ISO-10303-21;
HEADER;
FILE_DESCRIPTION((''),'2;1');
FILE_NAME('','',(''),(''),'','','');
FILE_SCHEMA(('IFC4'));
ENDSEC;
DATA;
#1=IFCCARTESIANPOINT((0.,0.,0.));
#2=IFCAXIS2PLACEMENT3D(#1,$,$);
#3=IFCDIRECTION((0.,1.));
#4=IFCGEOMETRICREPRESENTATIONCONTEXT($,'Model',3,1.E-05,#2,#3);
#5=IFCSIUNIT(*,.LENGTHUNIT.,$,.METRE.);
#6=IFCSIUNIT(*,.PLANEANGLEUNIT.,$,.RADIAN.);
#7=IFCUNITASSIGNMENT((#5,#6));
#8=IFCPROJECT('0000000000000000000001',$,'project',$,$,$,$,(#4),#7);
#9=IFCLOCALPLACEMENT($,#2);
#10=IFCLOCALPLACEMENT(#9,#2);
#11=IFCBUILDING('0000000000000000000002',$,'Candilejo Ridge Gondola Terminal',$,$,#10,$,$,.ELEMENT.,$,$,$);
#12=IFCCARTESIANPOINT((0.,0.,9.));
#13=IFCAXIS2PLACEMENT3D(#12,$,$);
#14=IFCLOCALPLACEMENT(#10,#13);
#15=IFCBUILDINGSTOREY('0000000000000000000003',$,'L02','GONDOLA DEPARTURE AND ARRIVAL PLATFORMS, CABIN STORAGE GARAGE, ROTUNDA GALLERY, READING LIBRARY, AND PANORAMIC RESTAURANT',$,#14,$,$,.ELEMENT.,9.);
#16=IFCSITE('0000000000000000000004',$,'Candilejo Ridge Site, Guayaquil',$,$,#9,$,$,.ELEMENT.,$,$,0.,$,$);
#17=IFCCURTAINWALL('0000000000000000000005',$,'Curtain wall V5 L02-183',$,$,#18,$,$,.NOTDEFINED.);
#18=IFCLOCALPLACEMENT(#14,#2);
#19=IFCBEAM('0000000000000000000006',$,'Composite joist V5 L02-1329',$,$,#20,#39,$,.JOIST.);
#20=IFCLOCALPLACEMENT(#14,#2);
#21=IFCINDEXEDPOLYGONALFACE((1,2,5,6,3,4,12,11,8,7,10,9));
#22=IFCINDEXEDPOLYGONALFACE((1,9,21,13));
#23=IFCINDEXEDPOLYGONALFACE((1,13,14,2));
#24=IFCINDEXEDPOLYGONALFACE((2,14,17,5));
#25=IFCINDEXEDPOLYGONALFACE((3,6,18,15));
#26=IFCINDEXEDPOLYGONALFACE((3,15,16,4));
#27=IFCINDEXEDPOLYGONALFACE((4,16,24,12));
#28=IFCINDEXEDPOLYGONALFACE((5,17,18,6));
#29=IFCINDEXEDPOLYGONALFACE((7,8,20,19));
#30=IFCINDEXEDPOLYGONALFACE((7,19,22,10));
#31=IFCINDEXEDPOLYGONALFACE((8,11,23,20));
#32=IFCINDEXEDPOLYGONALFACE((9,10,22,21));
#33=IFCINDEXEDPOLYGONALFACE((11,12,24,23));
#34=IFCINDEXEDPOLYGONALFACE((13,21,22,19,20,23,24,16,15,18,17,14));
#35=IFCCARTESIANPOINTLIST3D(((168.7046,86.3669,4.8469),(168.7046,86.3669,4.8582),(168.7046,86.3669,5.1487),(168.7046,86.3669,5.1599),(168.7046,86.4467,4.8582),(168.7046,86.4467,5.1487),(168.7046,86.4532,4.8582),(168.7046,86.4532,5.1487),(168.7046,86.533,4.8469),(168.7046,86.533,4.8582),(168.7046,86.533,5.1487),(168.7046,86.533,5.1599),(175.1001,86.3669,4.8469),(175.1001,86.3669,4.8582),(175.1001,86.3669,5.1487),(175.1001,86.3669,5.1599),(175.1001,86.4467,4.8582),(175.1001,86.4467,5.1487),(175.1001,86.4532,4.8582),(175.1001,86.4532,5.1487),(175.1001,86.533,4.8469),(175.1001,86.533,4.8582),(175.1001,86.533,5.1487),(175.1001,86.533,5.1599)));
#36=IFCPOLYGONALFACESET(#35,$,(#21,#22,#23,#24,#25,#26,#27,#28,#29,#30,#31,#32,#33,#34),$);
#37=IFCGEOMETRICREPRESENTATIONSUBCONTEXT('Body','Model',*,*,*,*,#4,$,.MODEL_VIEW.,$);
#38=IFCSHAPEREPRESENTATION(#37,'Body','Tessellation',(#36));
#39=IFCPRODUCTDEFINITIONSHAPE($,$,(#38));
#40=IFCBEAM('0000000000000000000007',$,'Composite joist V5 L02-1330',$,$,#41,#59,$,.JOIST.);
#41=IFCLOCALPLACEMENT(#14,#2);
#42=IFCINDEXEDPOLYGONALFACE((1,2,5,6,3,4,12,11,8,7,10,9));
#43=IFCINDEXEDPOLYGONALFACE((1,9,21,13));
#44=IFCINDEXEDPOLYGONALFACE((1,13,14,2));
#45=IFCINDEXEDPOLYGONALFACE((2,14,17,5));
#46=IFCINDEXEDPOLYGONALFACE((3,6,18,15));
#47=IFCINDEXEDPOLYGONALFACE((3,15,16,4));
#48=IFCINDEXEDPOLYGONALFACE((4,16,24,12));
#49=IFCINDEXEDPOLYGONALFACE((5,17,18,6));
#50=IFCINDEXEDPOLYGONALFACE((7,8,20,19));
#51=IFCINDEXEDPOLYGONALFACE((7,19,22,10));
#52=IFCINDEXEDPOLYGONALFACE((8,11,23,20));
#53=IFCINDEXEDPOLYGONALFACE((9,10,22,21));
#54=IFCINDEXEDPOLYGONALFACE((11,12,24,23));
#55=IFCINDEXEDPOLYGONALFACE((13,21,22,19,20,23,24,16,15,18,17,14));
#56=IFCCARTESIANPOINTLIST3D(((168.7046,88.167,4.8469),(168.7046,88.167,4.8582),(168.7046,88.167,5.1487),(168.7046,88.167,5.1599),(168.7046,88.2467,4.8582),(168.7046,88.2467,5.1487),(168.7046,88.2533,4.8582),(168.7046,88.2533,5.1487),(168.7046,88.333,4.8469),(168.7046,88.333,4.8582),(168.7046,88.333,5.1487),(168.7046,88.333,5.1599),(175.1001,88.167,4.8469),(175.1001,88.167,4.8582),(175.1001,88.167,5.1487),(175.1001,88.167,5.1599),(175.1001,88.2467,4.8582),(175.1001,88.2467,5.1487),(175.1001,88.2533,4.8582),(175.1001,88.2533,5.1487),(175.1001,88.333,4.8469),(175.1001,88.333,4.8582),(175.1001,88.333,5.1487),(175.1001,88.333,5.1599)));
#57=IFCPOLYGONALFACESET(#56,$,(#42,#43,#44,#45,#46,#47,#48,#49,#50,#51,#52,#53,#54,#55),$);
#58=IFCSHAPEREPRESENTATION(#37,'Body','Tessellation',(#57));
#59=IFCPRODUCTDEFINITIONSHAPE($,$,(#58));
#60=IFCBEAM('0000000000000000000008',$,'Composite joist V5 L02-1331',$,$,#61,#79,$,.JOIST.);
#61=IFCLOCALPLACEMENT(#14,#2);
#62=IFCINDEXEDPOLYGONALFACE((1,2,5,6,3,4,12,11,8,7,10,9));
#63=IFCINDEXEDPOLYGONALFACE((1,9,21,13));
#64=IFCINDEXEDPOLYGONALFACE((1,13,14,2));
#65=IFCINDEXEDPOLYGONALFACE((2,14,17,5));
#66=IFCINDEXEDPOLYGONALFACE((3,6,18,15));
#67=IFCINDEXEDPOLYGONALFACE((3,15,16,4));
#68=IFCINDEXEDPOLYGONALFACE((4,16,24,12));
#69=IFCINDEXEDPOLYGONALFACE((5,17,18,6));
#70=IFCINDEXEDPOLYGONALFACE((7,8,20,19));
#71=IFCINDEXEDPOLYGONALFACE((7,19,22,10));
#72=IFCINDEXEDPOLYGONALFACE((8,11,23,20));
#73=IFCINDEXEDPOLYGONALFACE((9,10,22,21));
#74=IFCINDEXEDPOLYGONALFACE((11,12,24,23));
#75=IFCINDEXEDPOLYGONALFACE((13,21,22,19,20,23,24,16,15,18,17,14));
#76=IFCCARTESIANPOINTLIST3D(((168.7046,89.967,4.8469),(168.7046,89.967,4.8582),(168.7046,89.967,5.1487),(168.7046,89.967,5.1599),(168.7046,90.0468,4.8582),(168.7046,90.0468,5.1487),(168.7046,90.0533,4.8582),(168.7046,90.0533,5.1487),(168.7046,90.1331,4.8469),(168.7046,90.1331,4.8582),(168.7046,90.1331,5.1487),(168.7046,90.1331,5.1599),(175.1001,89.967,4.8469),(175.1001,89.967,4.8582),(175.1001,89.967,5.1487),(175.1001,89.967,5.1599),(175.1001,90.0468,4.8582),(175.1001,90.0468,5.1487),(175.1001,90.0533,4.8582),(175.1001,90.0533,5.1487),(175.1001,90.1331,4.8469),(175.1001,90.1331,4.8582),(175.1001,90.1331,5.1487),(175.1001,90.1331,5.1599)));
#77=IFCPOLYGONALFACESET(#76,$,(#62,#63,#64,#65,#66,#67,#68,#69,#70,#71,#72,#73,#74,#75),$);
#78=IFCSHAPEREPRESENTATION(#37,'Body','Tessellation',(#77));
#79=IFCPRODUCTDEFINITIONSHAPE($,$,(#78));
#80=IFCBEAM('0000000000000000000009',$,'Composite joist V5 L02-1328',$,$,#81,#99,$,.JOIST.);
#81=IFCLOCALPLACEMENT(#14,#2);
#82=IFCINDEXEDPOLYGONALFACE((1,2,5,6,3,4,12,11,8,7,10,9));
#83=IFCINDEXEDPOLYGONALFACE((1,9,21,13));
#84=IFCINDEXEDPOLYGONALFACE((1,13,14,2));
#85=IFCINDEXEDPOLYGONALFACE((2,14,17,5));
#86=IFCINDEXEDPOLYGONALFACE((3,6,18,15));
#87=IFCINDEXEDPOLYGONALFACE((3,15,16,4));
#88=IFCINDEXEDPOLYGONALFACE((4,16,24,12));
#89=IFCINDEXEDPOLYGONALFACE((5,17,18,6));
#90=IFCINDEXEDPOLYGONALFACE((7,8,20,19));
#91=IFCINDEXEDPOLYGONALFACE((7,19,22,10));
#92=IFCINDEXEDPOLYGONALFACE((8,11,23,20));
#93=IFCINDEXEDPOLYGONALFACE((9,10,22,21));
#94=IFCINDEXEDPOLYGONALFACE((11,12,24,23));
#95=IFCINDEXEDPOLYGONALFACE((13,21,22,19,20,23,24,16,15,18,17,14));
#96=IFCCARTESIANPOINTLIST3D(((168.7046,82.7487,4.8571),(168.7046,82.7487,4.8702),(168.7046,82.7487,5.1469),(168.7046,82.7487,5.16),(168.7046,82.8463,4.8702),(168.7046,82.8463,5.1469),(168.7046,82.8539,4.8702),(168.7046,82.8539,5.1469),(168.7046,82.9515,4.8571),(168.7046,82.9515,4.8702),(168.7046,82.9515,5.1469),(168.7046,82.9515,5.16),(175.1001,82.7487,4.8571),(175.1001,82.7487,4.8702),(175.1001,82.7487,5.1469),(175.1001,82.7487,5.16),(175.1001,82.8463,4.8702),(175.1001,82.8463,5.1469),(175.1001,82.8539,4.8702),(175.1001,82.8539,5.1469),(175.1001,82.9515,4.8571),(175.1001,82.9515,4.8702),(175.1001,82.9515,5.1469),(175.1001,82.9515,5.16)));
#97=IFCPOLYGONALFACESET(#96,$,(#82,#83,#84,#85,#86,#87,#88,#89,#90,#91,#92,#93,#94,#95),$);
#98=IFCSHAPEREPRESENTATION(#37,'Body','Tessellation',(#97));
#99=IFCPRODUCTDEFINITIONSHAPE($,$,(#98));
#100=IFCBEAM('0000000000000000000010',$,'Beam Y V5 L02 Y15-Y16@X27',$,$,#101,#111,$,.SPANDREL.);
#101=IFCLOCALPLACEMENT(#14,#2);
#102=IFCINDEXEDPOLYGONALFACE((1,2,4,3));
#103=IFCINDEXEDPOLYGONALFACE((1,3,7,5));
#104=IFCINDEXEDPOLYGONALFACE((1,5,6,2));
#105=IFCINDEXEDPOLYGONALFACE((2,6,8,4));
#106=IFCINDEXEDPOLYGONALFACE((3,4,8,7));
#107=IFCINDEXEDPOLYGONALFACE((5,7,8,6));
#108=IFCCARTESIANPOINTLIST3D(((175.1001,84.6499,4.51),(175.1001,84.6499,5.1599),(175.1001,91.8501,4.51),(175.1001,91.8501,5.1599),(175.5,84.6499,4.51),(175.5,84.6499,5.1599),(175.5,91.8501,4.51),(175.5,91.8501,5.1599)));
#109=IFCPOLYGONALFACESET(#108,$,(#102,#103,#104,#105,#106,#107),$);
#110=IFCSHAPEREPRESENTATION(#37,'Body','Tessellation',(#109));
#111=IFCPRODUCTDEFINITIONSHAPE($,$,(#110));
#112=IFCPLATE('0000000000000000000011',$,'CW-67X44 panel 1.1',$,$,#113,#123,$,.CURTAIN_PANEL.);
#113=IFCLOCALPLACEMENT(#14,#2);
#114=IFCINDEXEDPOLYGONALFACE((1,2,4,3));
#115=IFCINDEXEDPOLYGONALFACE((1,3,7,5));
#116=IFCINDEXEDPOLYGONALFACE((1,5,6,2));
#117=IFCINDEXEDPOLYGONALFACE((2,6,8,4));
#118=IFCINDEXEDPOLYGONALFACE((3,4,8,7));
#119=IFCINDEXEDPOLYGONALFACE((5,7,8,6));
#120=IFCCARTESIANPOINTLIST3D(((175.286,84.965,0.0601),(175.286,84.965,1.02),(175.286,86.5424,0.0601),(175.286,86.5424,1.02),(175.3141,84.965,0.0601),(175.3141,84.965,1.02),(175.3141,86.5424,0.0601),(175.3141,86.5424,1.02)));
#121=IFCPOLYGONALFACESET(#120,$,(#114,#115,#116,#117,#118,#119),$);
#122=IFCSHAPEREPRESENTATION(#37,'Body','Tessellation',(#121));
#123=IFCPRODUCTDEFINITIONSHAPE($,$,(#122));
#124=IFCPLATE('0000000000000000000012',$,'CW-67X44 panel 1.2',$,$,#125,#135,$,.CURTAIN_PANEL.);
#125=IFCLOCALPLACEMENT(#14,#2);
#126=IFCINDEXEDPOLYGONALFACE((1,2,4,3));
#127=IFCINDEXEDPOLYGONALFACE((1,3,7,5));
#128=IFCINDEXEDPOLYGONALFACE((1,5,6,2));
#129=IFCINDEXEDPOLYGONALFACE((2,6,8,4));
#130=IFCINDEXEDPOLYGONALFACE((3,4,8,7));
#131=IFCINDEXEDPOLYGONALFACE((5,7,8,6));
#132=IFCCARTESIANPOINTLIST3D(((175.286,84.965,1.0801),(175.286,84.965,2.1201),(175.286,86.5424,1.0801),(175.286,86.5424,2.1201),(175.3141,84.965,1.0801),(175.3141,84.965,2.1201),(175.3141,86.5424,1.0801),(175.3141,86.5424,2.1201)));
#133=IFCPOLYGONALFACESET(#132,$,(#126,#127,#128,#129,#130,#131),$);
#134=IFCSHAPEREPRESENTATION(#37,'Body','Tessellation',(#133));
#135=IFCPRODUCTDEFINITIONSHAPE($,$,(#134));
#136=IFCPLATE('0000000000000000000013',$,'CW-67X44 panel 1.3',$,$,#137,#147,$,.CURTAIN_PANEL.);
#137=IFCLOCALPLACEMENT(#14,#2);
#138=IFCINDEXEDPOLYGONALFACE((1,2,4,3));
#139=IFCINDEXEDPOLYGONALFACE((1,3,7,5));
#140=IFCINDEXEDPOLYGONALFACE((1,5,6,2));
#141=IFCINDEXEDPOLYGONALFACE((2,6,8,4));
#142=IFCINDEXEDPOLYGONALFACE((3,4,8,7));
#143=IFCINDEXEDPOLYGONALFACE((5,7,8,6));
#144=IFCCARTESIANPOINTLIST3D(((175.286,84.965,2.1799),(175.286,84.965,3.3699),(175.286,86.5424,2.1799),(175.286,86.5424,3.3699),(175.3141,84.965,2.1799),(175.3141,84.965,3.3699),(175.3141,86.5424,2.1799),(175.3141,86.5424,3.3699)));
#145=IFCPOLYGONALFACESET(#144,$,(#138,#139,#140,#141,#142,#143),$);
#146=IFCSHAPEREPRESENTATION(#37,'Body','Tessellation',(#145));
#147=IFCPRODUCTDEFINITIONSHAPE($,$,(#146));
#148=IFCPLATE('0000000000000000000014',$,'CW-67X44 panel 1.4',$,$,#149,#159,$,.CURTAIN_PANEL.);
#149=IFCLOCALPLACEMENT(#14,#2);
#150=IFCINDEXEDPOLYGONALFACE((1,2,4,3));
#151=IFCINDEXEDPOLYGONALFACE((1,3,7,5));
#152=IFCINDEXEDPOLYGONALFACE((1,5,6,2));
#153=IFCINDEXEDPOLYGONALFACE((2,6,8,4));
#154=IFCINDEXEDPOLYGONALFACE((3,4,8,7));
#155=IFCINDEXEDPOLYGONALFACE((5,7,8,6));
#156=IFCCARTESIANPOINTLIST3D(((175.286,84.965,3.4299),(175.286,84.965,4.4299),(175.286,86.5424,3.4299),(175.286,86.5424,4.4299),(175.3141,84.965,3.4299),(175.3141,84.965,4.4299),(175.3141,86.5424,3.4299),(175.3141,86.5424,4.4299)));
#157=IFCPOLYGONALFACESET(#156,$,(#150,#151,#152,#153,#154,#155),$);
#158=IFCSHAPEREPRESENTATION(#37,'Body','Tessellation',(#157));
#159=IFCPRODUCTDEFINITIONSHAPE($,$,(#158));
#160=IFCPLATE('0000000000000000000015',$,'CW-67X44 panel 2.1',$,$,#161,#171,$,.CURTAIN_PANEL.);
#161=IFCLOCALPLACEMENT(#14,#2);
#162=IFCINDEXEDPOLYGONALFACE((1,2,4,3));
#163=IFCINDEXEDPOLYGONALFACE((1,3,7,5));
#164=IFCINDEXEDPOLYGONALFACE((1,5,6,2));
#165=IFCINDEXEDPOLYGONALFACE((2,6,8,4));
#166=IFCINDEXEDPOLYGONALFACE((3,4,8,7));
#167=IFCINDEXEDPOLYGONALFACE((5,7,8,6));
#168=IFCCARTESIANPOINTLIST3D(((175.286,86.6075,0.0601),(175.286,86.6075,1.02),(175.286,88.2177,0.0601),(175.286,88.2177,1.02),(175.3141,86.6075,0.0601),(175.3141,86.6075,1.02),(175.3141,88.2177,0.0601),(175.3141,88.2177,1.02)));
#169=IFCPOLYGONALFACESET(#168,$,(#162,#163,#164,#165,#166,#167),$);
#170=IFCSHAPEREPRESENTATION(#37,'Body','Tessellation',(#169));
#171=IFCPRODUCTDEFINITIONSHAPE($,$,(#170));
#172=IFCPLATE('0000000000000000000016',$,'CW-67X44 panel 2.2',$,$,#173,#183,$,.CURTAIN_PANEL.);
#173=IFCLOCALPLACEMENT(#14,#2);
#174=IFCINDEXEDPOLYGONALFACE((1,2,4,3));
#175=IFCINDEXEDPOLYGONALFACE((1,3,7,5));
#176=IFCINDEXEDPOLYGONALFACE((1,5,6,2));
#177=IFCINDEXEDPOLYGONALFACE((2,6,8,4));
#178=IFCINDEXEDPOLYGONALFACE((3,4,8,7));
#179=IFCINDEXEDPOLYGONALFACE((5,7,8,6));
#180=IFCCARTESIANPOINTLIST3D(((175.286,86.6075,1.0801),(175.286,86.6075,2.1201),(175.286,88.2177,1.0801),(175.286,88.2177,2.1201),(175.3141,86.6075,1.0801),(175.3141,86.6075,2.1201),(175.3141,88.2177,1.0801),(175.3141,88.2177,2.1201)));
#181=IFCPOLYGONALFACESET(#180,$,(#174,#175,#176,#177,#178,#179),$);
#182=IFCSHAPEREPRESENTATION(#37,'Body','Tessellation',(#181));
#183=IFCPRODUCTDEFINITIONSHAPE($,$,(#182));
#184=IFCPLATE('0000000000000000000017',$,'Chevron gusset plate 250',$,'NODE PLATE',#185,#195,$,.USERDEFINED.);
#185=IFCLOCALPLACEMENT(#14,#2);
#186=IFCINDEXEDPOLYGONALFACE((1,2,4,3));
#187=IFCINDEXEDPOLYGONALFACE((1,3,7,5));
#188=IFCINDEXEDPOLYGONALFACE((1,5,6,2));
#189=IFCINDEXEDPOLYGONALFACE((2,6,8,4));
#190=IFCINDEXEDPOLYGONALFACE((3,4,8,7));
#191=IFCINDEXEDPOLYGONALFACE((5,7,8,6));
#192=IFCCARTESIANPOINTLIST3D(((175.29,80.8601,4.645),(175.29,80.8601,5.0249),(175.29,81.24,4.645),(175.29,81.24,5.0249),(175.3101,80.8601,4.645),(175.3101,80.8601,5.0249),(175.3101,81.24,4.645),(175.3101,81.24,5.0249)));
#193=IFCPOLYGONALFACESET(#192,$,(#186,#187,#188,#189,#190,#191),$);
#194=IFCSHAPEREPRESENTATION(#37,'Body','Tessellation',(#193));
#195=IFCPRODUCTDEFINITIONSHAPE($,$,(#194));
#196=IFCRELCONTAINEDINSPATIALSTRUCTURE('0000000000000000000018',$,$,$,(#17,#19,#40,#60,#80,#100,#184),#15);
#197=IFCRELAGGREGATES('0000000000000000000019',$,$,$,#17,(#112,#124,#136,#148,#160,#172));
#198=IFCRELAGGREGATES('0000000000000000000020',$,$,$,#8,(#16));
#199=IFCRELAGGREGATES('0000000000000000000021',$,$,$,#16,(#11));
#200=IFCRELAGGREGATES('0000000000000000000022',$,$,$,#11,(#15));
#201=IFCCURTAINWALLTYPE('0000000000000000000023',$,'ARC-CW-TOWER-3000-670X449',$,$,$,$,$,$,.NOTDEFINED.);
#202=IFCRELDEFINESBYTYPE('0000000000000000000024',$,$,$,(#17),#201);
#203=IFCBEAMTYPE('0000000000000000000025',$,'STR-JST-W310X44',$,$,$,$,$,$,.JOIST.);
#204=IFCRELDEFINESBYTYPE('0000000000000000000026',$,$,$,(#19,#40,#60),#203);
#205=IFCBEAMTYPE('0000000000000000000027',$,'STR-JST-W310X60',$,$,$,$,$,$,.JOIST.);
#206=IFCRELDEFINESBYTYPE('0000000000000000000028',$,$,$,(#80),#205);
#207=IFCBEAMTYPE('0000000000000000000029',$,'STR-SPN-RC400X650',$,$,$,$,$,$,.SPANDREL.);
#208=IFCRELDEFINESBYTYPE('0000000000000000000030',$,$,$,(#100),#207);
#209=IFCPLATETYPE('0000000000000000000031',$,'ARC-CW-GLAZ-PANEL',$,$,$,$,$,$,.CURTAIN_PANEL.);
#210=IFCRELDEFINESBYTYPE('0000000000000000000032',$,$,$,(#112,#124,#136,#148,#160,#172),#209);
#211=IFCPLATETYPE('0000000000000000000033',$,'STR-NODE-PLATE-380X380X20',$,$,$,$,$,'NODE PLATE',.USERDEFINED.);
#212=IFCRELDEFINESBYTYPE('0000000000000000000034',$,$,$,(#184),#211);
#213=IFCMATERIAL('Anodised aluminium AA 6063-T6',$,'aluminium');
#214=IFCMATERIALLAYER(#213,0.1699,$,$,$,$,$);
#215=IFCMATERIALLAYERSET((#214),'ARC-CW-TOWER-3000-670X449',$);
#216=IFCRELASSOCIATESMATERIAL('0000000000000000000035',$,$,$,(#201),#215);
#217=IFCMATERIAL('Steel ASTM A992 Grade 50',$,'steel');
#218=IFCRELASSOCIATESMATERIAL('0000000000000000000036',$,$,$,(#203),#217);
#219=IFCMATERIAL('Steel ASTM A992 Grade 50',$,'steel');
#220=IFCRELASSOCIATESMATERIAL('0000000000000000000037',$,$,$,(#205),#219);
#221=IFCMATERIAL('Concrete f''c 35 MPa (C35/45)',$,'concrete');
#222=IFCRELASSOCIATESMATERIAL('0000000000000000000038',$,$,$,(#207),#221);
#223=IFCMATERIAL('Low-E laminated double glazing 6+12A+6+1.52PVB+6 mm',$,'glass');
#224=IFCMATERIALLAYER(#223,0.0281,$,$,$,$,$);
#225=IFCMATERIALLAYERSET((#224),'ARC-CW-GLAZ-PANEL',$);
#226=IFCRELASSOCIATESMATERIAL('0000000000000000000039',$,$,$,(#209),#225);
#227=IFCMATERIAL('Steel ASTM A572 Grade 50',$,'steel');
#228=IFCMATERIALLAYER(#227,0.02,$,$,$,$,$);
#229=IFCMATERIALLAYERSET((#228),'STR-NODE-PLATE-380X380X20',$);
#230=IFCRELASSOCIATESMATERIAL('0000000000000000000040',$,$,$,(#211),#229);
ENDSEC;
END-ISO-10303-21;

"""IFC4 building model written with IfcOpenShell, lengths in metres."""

from ifc_helpers import new_model, si_unit, direction, frame, origin, origin_2d, place, context, subcontext, project, spatial, rectangle, i_section, extrude, material, layer, layer_set, material_profile, profile_set, type_object, element, aggregate, save


model = new_model("IFC4")

# Units and contexts
model_context = context("Model", 3, precision=1e-05, world=origin(), true_north=direction((0.0, 1.0)))
body_context = subcontext(model_context, "Body", "Model", "MODEL_VIEW")
ifc_project = project(units=[si_unit("LENGTHUNIT", "METRE"), si_unit("PLANEANGLEUNIT", "RADIAN")], contexts=[model_context])

# Site, building, storey
site_placement = place(None, origin())
site = spatial("IfcSite", under=ifc_project, at=site_placement, Name="Candilejo Ridge Site, Guayaquil", CompositionType="ELEMENT", RefElevation=0.0)
building_placement = place(site_placement, origin())
building = spatial("IfcBuilding", under=site, at=building_placement, Name="Candilejo Ridge Gondola Terminal", CompositionType="ELEMENT")
storey_placement = place(building_placement, frame((0.0, 0.0, 9.0)))
storey = spatial("IfcBuildingStorey", under=building, at=storey_placement, Name="L02", Description="GONDOLA DEPARTURE AND ARRIVAL PLATFORMS, CABIN STORAGE GARAGE, ROTUNDA GALLERY, READING LIBRARY, AND PANORAMIC RESTAURANT", CompositionType="ELEMENT", Elevation=9.0)

# Curtain wall
ifc_material_1 = material(Name="Anodised aluminium AA 6063-T6", Category="aluminium")
ifc_layer_1 = layer(ifc_material_1, 0.1699)
ifc_layer_set_1 = layer_set([ifc_layer_1], Name="ARC-CW-TOWER-3000-670X449")
curtain_wall_type = type_object("IfcCurtainWallType", Name="ARC-CW-TOWER-3000-670X449", PredefinedType="NOTDEFINED", material=ifc_layer_set_1)
curtain_wall_placement = place(storey_placement, origin())
curtain_wall = element("IfcCurtainWall", 1, at=curtain_wall_placement, inside=storey, type_object=curtain_wall_type, Name="Curtain wall V5 L02-183", PredefinedType="NOTDEFINED")

# Beams
ifc_material_2 = material(Name="Steel ASTM A992 Grade 50", Category="steel")
ifc_material_profile_1 = material_profile(ifc_material_2, i_section(OverallWidth=0.166, OverallDepth=0.313, WebThickness=0.0066, FlangeThickness=0.0112, at=origin_2d()))
ifc_profile_set_1 = profile_set([ifc_material_profile_1], Name="Steel ASTM A992 Grade 50")
beam_type_1 = type_object("IfcBeamType", Name="STR-JST-W310X44", PredefinedType="JOIST", material=ifc_profile_set_1)
for number, where, z_axis, x_axis, name in (
    (2, (168.7046, 86.45, 5.0034), (1.0, 0.0, 0.0), (0.0, 1.0, 0.0), "Composite joist V5 L02-1329"),
    (3, (168.7046, 88.25, 5.0034), (1.0, 0.0, 0.0), (0.0, 1.0, 0.0), "Composite joist V5 L02-1330"),
    (4, (168.7046, 90.05, 5.0034), (1.0, 0.0, 0.0), (0.0, 1.0, 0.0), "Composite joist V5 L02-1331"),
):
    element("IfcBeam", number, at=place(storey_placement, frame(where, z_axis=z_axis, x_axis=x_axis)), inside=storey, type_object=beam_type_1, Name=name, PredefinedType="JOIST", context=body_context, shape_type="SweptSolid", body=[
        extrude(i_section(OverallWidth=0.166, OverallDepth=0.313, WebThickness=0.0066, FlangeThickness=0.0112, at=origin_2d()), origin(), (0.0, 0.0, 1.0), 6.3955),
    ])
ifc_material_3 = material(Name="Steel ASTM A992 Grade 50", Category="steel")
ifc_material_profile_2 = material_profile(ifc_material_3, i_section(OverallWidth=0.2029, OverallDepth=0.303, WebThickness=0.0076, FlangeThickness=0.0132, at=origin_2d()))
ifc_profile_set_2 = profile_set([ifc_material_profile_2], Name="Steel ASTM A992 Grade 50")
beam_type_2 = type_object("IfcBeamType", Name="STR-JST-W310X60", PredefinedType="JOIST", material=ifc_profile_set_2)
beam_1_placement = place(storey_placement, frame((168.7046, 82.8501, 5.0085), z_axis=(1.0, 0.0, 0.0), x_axis=(0.0, 1.0, 0.0)))
element("IfcBeam", 5, at=beam_1_placement, inside=storey, type_object=beam_type_2, Name="Composite joist V5 L02-1328", PredefinedType="JOIST", context=body_context, shape_type="SweptSolid", body=[
    extrude(i_section(OverallWidth=0.2029, OverallDepth=0.303, WebThickness=0.0076, FlangeThickness=0.0132, at=origin_2d()), origin(), (0.0, 0.0, 1.0), 6.3955),
])
ifc_material_4 = material(Name="Concrete f'c 35 MPa (C35/45)", Category="concrete")
ifc_material_profile_3 = material_profile(ifc_material_4, rectangle(XDim=0.3999, YDim=0.6499, at=origin_2d()))
ifc_profile_set_3 = profile_set([ifc_material_profile_3], Name="Concrete f'c 35 MPa (C35/45)")
beam_type_3 = type_object("IfcBeamType", Name="STR-SPN-RC400X650", PredefinedType="SPANDREL", material=ifc_profile_set_3)
beam_2_placement = place(storey_placement, frame((175.3, 84.6499, 4.835), z_axis=(0.0, 1.0, 0.0), x_axis=(-1.0, 0.0, 0.0)))
element("IfcBeam", 6, at=beam_2_placement, inside=storey, type_object=beam_type_3, Name="Beam Y V5 L02 Y15-Y16@X27", PredefinedType="SPANDREL", context=body_context, shape_type="SweptSolid", body=[
    extrude(rectangle(XDim=0.3999, YDim=0.6499, at=origin_2d()), origin(), (0.0, 0.0, 1.0), 7.2002),
])

# Plates
ifc_material_5 = material(Name="Low-E laminated double glazing 6+12A+6+1.52PVB+6 mm", Category="glass")
ifc_layer_2 = layer(ifc_material_5, 0.0281)
ifc_layer_set_2 = layer_set([ifc_layer_2], Name="ARC-CW-GLAZ-PANEL")
plate_type_1 = type_object("IfcPlateType", Name="ARC-CW-GLAZ-PANEL", PredefinedType="CURTAIN_PANEL", material=ifc_layer_set_2)
plate_1_placement = place(storey_placement, frame((175.3, 85.7537, 0.0601), z_axis=(0.0, 0.0, 1.0), x_axis=(0.0, 1.0, 0.0)))
plate_1 = element("IfcPlate", 7, at=plate_1_placement, type_object=plate_type_1, Name="CW-67X44 panel 1.1", PredefinedType="CURTAIN_PANEL", context=body_context, shape_type="SweptSolid", body=[
    extrude(rectangle(XDim=1.5774, YDim=0.0281, at=origin_2d()), origin(), (0.0, 0.0, 1.0), 0.96),
])
plate_2_placement = place(storey_placement, frame((175.3, 85.7537, 1.0801), z_axis=(0.0, 0.0, 1.0), x_axis=(0.0, 1.0, 0.0)))
plate_2 = element("IfcPlate", 8, at=plate_2_placement, type_object=plate_type_1, Name="CW-67X44 panel 1.2", PredefinedType="CURTAIN_PANEL", context=body_context, shape_type="SweptSolid", body=[
    extrude(rectangle(XDim=1.5774, YDim=0.0281, at=origin_2d()), origin(), (0.0, 0.0, 1.0), 1.04),
])
plate_3_placement = place(storey_placement, frame((175.3, 85.7537, 2.1799), z_axis=(0.0, 0.0, 1.0), x_axis=(0.0, 1.0, 0.0)))
plate_3 = element("IfcPlate", 9, at=plate_3_placement, type_object=plate_type_1, Name="CW-67X44 panel 1.3", PredefinedType="CURTAIN_PANEL", context=body_context, shape_type="SweptSolid", body=[
    extrude(rectangle(XDim=1.5774, YDim=0.0281, at=origin_2d()), origin(), (0.0, 0.0, 1.0), 1.1899),
])
plate_4_placement = place(storey_placement, frame((175.3, 85.7537, 3.4299), z_axis=(0.0, 0.0, 1.0), x_axis=(0.0, 1.0, 0.0)))
plate_4 = element("IfcPlate", 10, at=plate_4_placement, type_object=plate_type_1, Name="CW-67X44 panel 1.4", PredefinedType="CURTAIN_PANEL", context=body_context, shape_type="SweptSolid", body=[
    extrude(rectangle(XDim=1.5774, YDim=0.0281, at=origin_2d()), origin(), (0.0, 0.0, 1.0), 1.0),
])
plate_5_placement = place(storey_placement, frame((175.3, 87.4126, 0.0601), z_axis=(0.0, 0.0, 1.0), x_axis=(0.0, 1.0, 0.0)))
plate_5 = element("IfcPlate", 11, at=plate_5_placement, type_object=plate_type_1, Name="CW-67X44 panel 2.1", PredefinedType="CURTAIN_PANEL", context=body_context, shape_type="SweptSolid", body=[
    extrude(rectangle(XDim=1.6101, YDim=0.0281, at=origin_2d()), origin(), (0.0, 0.0, 1.0), 0.96),
])
plate_6_placement = place(storey_placement, frame((175.3, 87.4126, 1.0801), z_axis=(0.0, 0.0, 1.0), x_axis=(0.0, 1.0, 0.0)))
plate_6 = element("IfcPlate", 12, at=plate_6_placement, type_object=plate_type_1, Name="CW-67X44 panel 2.2", PredefinedType="CURTAIN_PANEL", context=body_context, shape_type="SweptSolid", body=[
    extrude(rectangle(XDim=1.6101, YDim=0.0281, at=origin_2d()), origin(), (0.0, 0.0, 1.0), 1.04),
])
aggregate(curtain_wall, [plate_1, plate_2, plate_3, plate_4, plate_5, plate_6])

# Plate
ifc_material_6 = material(Name="Steel ASTM A572 Grade 50", Category="steel")
ifc_layer_3 = layer(ifc_material_6, 0.02)
ifc_layer_set_3 = layer_set([ifc_layer_3], Name="STR-NODE-PLATE-380X380X20")
plate_type_2 = type_object("IfcPlateType", Name="STR-NODE-PLATE-380X380X20", ElementType="NODE PLATE", PredefinedType="USERDEFINED", material=ifc_layer_set_3)
for number, where, z_axis, x_axis, name in (
    (13, (175.3, 81.05, 4.645), (0.0, 0.0, 1.0), (1.0, 0.0, 0.0), "Chevron gusset plate 250"),
):
    element("IfcPlate", number, at=place(storey_placement, frame(where, z_axis=z_axis, x_axis=x_axis)), inside=storey, type_object=plate_type_2, Name=name, ObjectType="NODE PLATE", PredefinedType="USERDEFINED", context=body_context, shape_type="SweptSolid", body=[
        extrude(rectangle(XDim=0.02, YDim=0.3799, at=origin_2d()), origin(), (0.0, 0.0, 1.0), 0.3799),
    ])

save(model, "model.ifc")
